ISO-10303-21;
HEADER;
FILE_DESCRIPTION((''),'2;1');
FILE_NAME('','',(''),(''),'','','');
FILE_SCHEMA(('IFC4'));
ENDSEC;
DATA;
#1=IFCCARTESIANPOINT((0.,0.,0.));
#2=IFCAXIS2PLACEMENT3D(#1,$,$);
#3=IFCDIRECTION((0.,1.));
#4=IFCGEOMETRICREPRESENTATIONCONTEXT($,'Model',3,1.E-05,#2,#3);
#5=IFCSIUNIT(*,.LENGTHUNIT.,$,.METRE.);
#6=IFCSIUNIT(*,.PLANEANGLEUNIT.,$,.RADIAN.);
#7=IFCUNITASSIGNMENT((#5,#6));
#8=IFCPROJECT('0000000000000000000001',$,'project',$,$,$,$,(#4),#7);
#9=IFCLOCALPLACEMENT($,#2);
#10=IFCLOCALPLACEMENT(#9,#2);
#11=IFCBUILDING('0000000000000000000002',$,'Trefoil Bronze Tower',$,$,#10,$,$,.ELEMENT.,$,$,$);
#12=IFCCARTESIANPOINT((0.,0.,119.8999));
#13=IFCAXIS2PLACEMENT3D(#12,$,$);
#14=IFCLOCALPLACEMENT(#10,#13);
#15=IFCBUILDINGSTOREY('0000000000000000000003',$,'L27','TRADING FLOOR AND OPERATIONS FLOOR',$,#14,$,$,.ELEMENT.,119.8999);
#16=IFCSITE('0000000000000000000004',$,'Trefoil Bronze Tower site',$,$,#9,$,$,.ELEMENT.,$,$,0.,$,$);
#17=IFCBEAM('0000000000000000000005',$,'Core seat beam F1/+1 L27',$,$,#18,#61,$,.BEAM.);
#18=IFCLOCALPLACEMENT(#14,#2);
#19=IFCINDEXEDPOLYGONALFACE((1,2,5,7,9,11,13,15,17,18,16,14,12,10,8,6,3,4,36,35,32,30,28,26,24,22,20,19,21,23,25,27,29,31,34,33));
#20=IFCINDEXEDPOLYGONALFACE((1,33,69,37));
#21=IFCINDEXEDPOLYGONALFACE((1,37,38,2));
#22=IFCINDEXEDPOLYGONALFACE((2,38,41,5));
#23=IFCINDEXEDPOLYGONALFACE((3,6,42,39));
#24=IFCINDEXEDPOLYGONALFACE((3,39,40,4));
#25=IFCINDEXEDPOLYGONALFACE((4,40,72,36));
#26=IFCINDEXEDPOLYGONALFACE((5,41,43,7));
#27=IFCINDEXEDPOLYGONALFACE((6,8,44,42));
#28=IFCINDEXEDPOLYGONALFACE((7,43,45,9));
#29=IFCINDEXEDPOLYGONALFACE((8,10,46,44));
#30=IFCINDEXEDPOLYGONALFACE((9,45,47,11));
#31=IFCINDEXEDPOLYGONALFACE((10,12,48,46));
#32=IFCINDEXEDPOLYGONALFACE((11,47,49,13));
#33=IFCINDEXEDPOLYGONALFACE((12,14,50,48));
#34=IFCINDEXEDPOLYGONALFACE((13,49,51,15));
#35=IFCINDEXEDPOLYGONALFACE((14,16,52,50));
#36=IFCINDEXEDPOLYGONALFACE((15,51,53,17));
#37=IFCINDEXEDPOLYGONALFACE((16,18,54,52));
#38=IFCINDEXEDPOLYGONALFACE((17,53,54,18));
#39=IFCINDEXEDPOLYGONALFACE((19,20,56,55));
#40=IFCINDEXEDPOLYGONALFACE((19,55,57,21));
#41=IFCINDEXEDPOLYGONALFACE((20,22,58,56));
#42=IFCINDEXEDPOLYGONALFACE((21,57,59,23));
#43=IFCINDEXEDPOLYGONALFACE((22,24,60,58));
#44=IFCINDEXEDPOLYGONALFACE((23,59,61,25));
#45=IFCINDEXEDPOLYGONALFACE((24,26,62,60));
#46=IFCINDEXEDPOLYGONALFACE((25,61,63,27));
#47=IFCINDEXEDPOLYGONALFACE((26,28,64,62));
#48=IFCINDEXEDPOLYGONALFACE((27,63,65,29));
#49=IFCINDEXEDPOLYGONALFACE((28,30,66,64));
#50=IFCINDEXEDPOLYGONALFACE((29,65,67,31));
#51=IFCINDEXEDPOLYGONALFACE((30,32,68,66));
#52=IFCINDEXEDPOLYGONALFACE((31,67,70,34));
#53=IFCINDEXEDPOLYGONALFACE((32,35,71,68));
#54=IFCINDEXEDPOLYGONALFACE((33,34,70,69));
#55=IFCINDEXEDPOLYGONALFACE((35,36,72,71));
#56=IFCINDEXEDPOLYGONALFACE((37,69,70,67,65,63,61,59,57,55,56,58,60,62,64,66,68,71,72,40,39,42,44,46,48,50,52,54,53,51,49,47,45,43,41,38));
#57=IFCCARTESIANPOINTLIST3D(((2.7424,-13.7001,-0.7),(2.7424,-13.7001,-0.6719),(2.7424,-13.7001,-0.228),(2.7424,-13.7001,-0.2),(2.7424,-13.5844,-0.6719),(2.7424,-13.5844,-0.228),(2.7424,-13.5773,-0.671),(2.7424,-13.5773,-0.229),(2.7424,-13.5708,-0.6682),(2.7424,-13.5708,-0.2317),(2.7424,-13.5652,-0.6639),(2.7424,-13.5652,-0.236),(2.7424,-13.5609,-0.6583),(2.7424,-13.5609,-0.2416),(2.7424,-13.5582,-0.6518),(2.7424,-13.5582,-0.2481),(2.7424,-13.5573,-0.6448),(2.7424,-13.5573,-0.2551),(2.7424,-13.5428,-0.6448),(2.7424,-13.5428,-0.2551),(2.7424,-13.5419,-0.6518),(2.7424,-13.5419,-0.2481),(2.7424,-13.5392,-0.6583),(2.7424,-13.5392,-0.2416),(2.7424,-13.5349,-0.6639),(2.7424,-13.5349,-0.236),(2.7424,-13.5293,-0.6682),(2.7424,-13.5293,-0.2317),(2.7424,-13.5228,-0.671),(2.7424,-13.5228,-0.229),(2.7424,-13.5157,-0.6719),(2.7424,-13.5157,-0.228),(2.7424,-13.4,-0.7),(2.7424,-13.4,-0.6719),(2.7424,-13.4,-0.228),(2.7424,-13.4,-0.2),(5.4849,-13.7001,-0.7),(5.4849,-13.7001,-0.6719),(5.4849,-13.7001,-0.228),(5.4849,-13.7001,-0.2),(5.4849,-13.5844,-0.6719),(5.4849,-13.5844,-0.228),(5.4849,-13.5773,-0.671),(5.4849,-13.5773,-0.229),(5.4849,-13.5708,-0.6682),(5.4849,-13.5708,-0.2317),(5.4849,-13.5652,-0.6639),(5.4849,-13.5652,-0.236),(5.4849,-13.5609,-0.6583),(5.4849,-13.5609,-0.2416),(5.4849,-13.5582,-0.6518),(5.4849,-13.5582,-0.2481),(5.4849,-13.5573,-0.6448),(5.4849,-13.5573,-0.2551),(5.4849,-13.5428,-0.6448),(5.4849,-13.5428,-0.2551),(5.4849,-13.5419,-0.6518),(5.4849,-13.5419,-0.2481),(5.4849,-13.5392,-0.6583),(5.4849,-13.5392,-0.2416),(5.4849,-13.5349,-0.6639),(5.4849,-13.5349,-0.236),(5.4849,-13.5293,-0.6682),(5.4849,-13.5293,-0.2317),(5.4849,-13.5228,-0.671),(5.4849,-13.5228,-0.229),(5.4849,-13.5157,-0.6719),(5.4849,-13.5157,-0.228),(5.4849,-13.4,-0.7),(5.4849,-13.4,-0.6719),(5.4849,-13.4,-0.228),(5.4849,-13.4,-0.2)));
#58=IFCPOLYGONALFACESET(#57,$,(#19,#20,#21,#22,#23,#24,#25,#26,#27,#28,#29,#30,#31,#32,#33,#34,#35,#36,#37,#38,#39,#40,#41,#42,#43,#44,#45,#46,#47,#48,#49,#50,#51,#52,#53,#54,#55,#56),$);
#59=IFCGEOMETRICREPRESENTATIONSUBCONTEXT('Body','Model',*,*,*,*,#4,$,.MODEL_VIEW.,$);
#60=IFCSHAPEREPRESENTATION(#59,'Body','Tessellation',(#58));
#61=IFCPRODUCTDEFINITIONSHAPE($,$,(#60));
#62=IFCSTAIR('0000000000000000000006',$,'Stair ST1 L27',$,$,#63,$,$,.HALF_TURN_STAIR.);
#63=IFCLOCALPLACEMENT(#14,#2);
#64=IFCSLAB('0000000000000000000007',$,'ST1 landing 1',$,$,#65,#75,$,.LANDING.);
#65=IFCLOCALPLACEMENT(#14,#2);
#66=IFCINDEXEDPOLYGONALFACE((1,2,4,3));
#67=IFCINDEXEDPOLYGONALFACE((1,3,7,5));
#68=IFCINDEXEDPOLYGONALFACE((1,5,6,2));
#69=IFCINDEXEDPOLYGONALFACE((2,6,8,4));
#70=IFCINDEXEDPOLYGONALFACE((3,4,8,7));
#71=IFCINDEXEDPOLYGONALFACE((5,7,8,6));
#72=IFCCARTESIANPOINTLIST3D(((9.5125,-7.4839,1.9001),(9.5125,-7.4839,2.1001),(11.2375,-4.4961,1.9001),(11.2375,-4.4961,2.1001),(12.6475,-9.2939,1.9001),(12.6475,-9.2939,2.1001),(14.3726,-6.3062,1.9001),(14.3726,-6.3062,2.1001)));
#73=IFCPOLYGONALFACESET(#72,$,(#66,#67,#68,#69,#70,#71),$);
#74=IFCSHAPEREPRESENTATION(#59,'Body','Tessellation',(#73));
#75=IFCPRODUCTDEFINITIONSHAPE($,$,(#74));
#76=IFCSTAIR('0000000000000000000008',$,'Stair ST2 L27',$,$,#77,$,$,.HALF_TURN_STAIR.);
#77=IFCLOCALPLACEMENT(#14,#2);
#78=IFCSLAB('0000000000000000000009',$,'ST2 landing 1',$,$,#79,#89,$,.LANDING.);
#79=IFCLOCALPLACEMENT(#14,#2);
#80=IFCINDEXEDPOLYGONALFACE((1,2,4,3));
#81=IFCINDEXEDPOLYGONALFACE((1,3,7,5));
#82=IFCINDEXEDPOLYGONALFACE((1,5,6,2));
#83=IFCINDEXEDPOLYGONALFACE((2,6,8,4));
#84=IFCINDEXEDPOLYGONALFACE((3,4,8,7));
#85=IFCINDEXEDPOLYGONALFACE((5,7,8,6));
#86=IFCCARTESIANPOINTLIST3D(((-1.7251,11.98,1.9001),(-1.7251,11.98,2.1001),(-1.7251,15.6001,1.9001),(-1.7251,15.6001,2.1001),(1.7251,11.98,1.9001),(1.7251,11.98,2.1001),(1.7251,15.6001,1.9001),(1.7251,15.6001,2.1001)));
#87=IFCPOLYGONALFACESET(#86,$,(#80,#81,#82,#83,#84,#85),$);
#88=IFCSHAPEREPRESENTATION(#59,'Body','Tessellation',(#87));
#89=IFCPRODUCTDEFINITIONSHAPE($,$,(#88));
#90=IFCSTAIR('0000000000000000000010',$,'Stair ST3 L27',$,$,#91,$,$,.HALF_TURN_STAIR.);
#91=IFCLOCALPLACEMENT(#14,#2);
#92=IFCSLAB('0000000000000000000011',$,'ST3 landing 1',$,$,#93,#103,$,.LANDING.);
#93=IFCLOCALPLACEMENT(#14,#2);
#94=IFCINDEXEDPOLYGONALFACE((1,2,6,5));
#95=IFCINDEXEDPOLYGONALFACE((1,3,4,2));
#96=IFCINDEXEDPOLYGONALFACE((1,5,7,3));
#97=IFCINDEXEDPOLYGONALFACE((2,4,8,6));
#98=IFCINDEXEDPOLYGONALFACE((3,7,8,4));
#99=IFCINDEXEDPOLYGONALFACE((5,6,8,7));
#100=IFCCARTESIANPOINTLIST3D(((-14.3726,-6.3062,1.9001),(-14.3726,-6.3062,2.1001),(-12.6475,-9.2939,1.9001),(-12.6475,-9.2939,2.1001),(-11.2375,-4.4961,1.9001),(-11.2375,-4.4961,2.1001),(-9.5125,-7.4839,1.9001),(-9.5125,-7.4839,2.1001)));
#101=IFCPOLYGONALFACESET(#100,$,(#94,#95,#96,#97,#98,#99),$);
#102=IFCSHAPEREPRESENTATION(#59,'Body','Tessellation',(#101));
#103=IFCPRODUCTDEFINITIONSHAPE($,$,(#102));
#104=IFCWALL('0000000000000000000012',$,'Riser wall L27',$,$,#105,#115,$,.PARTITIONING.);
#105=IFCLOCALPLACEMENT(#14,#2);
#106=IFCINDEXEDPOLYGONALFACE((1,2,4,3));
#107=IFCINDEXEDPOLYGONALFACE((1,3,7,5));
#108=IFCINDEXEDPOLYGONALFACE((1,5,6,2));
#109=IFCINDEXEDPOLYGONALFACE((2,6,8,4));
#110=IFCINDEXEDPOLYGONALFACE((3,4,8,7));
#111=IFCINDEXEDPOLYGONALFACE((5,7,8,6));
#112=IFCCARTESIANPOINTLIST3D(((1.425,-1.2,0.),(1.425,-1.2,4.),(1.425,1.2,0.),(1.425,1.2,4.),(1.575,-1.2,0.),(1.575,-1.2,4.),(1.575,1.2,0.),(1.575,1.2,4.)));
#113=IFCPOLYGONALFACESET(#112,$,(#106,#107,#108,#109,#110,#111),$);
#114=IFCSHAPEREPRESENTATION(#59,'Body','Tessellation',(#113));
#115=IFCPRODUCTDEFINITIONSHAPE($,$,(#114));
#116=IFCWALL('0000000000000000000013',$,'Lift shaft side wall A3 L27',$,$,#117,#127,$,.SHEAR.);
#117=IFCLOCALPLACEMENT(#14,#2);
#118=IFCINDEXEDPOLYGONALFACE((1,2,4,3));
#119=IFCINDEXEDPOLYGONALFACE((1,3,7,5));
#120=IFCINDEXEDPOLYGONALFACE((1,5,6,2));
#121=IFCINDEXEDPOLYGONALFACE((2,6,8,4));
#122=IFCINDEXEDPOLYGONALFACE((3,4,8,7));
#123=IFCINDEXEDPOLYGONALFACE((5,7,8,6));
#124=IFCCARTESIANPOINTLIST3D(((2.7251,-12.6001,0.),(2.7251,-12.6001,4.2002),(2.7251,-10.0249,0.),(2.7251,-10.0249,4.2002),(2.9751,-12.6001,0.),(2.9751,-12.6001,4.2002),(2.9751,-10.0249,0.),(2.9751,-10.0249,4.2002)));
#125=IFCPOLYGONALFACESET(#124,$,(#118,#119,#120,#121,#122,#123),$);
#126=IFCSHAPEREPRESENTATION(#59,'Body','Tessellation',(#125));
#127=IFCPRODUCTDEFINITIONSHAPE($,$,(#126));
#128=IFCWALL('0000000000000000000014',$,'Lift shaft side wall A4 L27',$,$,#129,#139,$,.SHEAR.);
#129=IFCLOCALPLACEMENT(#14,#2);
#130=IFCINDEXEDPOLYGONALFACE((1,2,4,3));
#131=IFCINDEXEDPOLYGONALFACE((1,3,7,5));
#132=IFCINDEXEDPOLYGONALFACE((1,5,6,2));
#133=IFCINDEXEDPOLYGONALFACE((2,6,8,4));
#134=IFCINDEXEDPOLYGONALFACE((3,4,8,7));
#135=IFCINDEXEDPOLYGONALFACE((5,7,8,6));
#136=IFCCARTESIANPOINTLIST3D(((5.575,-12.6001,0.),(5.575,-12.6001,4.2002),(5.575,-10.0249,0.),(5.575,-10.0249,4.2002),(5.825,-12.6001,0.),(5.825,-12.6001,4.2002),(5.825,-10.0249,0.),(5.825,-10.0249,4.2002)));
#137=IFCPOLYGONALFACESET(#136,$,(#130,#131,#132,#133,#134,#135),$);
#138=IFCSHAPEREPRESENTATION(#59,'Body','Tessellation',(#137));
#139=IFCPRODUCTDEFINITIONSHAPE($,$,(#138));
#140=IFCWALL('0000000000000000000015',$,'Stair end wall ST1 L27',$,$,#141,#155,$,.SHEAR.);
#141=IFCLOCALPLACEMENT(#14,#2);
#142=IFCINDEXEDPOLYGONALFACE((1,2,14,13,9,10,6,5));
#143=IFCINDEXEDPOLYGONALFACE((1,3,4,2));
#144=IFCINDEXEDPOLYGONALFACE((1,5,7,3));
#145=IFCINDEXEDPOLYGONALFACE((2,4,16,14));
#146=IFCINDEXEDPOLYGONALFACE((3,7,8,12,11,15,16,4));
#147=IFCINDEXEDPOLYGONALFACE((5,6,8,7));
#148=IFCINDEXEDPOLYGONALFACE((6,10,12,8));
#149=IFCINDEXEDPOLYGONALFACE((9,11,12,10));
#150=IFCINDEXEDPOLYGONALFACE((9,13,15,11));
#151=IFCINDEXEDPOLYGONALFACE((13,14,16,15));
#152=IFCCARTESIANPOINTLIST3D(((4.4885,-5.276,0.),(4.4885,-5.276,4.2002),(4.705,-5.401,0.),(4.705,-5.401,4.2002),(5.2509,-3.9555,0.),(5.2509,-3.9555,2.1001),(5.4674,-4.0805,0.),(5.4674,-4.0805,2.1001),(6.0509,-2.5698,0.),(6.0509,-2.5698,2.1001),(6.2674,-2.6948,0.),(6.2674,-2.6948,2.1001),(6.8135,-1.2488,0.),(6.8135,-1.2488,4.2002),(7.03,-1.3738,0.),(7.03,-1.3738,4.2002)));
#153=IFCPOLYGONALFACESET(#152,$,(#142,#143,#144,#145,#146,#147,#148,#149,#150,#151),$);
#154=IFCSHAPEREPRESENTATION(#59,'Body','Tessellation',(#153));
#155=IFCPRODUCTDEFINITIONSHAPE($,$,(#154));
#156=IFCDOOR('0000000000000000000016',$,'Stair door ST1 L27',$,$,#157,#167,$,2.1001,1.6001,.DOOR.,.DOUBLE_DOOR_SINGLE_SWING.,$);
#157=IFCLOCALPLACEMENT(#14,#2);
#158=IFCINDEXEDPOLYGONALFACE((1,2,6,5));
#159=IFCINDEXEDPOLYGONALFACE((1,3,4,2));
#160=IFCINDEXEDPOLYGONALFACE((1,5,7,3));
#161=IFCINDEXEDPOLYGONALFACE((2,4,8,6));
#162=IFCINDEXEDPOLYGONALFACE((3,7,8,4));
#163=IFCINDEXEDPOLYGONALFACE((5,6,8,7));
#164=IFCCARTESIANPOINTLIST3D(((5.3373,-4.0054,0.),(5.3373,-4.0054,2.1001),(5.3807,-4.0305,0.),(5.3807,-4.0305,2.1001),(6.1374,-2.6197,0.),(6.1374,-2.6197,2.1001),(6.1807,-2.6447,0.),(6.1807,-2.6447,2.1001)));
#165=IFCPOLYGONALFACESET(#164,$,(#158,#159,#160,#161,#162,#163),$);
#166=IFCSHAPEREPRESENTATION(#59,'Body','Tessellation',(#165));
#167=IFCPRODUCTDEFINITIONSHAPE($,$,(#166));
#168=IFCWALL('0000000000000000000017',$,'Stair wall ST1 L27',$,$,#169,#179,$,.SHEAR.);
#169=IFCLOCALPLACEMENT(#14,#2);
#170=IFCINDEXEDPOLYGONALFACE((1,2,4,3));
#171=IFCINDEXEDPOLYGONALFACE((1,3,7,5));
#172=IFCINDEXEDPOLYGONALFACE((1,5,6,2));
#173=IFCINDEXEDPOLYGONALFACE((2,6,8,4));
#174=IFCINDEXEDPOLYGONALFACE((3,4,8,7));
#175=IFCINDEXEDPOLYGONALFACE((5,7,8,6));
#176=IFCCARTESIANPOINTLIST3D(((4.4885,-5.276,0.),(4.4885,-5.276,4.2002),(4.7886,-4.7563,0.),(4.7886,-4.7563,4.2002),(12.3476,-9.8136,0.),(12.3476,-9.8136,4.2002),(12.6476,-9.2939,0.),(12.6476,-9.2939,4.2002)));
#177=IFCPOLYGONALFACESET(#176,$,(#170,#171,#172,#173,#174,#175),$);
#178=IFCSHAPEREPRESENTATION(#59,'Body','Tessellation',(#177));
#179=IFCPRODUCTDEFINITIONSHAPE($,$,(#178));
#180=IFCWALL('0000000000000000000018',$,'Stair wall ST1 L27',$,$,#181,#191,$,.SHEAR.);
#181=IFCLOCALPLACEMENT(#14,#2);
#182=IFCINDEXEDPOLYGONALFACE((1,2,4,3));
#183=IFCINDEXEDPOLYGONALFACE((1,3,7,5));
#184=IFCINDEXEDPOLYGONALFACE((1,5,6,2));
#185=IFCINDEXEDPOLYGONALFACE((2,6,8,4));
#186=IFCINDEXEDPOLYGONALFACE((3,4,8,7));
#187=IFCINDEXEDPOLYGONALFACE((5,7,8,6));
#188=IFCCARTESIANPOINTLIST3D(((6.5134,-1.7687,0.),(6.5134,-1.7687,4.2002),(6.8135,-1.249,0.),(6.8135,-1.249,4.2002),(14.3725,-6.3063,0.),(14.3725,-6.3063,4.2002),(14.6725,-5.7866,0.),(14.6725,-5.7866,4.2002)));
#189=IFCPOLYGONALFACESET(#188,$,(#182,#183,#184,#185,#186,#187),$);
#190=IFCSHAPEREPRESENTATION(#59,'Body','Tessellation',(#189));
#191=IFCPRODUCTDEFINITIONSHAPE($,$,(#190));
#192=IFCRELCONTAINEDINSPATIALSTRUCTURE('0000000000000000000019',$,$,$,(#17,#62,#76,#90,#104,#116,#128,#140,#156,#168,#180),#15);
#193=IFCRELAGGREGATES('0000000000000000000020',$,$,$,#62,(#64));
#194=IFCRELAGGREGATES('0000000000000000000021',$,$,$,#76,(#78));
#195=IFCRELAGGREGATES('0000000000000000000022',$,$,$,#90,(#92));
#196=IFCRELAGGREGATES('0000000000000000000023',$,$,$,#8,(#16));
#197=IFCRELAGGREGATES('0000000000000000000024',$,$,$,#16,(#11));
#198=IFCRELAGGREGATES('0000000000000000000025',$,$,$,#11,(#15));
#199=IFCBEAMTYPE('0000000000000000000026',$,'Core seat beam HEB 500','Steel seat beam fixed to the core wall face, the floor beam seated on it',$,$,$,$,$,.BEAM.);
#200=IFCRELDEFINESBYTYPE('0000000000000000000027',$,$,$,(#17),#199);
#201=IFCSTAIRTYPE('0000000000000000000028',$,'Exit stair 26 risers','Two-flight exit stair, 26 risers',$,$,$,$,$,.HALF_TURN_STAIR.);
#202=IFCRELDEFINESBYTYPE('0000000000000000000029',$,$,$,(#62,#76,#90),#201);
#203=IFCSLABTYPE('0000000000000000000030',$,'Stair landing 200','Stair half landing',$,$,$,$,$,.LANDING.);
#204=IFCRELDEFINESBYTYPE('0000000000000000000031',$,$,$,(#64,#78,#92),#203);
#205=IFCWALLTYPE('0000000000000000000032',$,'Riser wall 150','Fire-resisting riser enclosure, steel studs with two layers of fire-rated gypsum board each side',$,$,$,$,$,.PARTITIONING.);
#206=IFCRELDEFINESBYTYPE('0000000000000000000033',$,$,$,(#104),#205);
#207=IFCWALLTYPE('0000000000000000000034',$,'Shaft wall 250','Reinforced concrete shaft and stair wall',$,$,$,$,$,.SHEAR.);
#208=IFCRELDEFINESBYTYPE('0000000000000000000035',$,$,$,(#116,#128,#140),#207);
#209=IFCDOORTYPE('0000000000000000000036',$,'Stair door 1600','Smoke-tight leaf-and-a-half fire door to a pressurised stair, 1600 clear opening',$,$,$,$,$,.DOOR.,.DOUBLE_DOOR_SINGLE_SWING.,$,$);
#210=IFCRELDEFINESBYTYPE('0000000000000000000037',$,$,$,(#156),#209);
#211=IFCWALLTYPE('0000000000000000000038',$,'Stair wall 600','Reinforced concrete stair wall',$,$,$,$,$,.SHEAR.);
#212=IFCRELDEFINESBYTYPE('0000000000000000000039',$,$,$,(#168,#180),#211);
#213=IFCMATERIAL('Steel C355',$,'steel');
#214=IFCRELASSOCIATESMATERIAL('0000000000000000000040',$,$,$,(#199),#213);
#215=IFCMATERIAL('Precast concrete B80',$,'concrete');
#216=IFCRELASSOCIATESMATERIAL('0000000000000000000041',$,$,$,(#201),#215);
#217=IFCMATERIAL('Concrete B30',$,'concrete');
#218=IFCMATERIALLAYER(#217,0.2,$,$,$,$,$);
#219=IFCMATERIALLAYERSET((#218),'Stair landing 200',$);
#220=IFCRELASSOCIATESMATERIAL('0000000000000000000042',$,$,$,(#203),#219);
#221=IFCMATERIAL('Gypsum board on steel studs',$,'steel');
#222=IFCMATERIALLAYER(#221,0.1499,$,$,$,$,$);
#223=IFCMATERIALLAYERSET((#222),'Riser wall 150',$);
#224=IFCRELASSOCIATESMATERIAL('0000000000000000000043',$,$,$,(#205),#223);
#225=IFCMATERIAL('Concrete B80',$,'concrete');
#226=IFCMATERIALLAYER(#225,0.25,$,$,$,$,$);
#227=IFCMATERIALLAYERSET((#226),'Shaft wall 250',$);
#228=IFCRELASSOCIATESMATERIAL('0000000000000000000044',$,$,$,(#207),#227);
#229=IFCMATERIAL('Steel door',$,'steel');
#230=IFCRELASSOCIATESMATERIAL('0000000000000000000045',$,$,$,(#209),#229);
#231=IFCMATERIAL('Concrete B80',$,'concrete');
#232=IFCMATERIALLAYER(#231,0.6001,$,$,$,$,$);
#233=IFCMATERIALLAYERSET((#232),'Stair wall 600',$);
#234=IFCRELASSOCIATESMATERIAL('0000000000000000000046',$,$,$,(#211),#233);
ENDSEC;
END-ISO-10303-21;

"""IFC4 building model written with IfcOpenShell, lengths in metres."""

from ifc_helpers import new_model, si_unit, direction, frame, frame_2d, origin, origin_2d, place, context, subcontext, project, spatial, polyline, rectangle, i_section, outline, extrude, material, layer, layer_set, material_profile, profile_set, type_object, element, fill, aggregate, save


model = new_model("IFC4")

# Units and contexts
model_context = context("Model", 3, precision=1e-05, world=origin(), true_north=direction((0.0, 1.0)))
body_context = subcontext(model_context, "Body", "Model", "MODEL_VIEW")
ifc_project = project(units=[si_unit("LENGTHUNIT", "METRE"), si_unit("PLANEANGLEUNIT", "RADIAN")], contexts=[model_context])

# Site, building, storey
site_placement = place(None, origin())
site = spatial("IfcSite", under=ifc_project, at=site_placement, Name="Trefoil Bronze Tower site", CompositionType="ELEMENT", RefElevation=0.0)
building_placement = place(site_placement, origin())
building = spatial("IfcBuilding", under=site, at=building_placement, Name="Trefoil Bronze Tower", CompositionType="ELEMENT")
storey_placement = place(building_placement, frame((0.0, 0.0, 119.8999)))
storey = spatial("IfcBuildingStorey", under=building, at=storey_placement, Name="L27", Description="TRADING FLOOR AND OPERATIONS FLOOR", CompositionType="ELEMENT", Elevation=119.8999)

# Beam
ifc_material_1 = material(Name="Steel C355", Category="steel")
ifc_material_profile = material_profile(ifc_material_1, i_section(OverallWidth=0.3, OverallDepth=0.5, WebThickness=0.0144, FlangeThickness=0.0281, FilletRadius=0.0271, at=origin_2d()), Name="HEB 500")
ifc_profile_set = profile_set([ifc_material_profile], Name="Steel C355")
beam_type = type_object("IfcBeamType", Name="Core seat beam HEB 500", Description="Steel seat beam fixed to the core wall face, the floor beam seated on it", PredefinedType="BEAM", material=ifc_profile_set)
beam_placement = place(storey_placement, frame((2.7424, -13.55, -0.45), z_axis=(1.0, 0.0, 0.0), x_axis=(0.0, 1.0, 0.0)))
element("IfcBeam", 1, at=beam_placement, inside=storey, type_object=beam_type, Name="Core seat beam F1/+1 L27", PredefinedType="BEAM", context=body_context, shape_type="SweptSolid", body=[
    extrude(i_section(OverallWidth=0.3, OverallDepth=0.5, WebThickness=0.0144, FlangeThickness=0.0281, FilletRadius=0.0271, at=origin_2d()), origin(), (0.0, 0.0, 1.0), 2.7424),
])

# Stairs, slabs
ifc_material_2 = material(Name="Precast concrete B80", Category="concrete")
stair_type = type_object("IfcStairType", Name="Exit stair 26 risers", Description="Two-flight exit stair, 26 risers", PredefinedType="HALF_TURN_STAIR", material=ifc_material_2)
stair_1_placement = place(storey_placement, origin())
stair_1 = element("IfcStair", 2, at=stair_1_placement, inside=storey, type_object=stair_type, Name="Stair ST1 L27", PredefinedType="HALF_TURN_STAIR")
ifc_material_3 = material(Name="Concrete B30", Category="concrete")
ifc_layer_1 = layer(ifc_material_3, 0.2)
ifc_layer_set_1 = layer_set([ifc_layer_1], Name="Stair landing 200")
slab_type = type_object("IfcSlabType", Name="Stair landing 200", Description="Stair half landing", PredefinedType="LANDING", material=ifc_layer_set_1)
slab_1_placement = place(storey_placement, frame((0.0, 0.0, 1.9001)))
slab_1 = element("IfcSlab", 3, at=slab_1_placement, type_object=slab_type, Name="ST1 landing 1", PredefinedType="LANDING", context=body_context, shape_type="SweptSolid", body=[
    extrude(outline(polyline([(9.5125, -7.4839), (12.6475, -9.2939), (14.3726, -6.3062), (11.2375, -4.4961), (9.5125, -7.4839)])), origin(), (0.0, 0.0, 1.0), 0.2),
])
aggregate(stair_1, [slab_1])
stair_2_placement = place(storey_placement, origin())
stair_2 = element("IfcStair", 4, at=stair_2_placement, inside=storey, type_object=stair_type, Name="Stair ST2 L27", PredefinedType="HALF_TURN_STAIR")
slab_2_placement = place(storey_placement, frame((0.0, 0.0, 1.9001)))
slab_2 = element("IfcSlab", 5, at=slab_2_placement, type_object=slab_type, Name="ST2 landing 1", PredefinedType="LANDING", context=body_context, shape_type="SweptSolid", body=[
    extrude(outline(polyline([(1.7251, 11.98), (1.7251, 15.6001), (-1.7251, 15.6001), (-1.7251, 11.98), (1.7251, 11.98)])), origin(), (0.0, 0.0, 1.0), 0.2),
])
aggregate(stair_2, [slab_2])
stair_3_placement = place(storey_placement, origin())
stair_3 = element("IfcStair", 6, at=stair_3_placement, inside=storey, type_object=stair_type, Name="Stair ST3 L27", PredefinedType="HALF_TURN_STAIR")
slab_3_placement = place(storey_placement, frame((0.0, 0.0, 1.9001)))
slab_3 = element("IfcSlab", 7, at=slab_3_placement, type_object=slab_type, Name="ST3 landing 1", PredefinedType="LANDING", context=body_context, shape_type="SweptSolid", body=[
    extrude(outline(polyline([(-11.2375, -4.4961), (-14.3726, -6.3062), (-12.6475, -9.2939), (-9.5125, -7.4839), (-11.2375, -4.4961)])), origin(), (0.0, 0.0, 1.0), 0.2),
])
aggregate(stair_3, [slab_3])

# Walls
ifc_material_4 = material(Name="Gypsum board on steel studs", Category="steel")
ifc_layer_2 = layer(ifc_material_4, 0.1499)
ifc_layer_set_2 = layer_set([ifc_layer_2], Name="Riser wall 150")
wall_type_1 = type_object("IfcWallType", Name="Riser wall 150", Description="Fire-resisting riser enclosure, steel studs with two layers of fire-rated gypsum board each side", PredefinedType="PARTITIONING", material=ifc_layer_set_2)
wall_1_placement = place(storey_placement, frame((1.5, -1.2, 0.0), z_axis=(0.0, 0.0, 1.0), x_axis=(0.0, 1.0, 0.0)))
element("IfcWall", 8, at=wall_1_placement, inside=storey, type_object=wall_type_1, Name="Riser wall L27", PredefinedType="PARTITIONING", context=body_context, shape_type="SweptSolid", body=[
    extrude(rectangle(XDim=2.3999, YDim=0.1499, at=frame_2d((1.2, 0.0))), origin(), (0.0, 0.0, 1.0), 4.0),
])
ifc_material_5 = material(Name="Concrete B80", Category="concrete")
ifc_layer_3 = layer(ifc_material_5, 0.25)
ifc_layer_set_3 = layer_set([ifc_layer_3], Name="Shaft wall 250")
wall_type_2 = type_object("IfcWallType", Name="Shaft wall 250", Description="Reinforced concrete shaft and stair wall", PredefinedType="SHEAR", material=ifc_layer_set_3)
for number, where, z_axis, x_axis, name in (
    (9, (2.8501, -10.0249, 0.0), (0.0, 0.0, 1.0), (0.0, -1.0, 0.0), "Lift shaft side wall A3 L27"),
    (10, (5.7, -10.0249, 0.0), (0.0, 0.0, 1.0), (0.0, -1.0, 0.0), "Lift shaft side wall A4 L27"),
):
    element("IfcWall", number, at=place(storey_placement, frame(where, z_axis=z_axis, x_axis=x_axis)), inside=storey, type_object=wall_type_2, Name=name, PredefinedType="SHEAR", context=body_context, shape_type="SweptSolid", body=[
        extrude(rectangle(XDim=2.5752, YDim=0.25, at=frame_2d((1.2876, 0.0))), origin(), (0.0, 0.0, 1.0), 4.2002),
    ])

# Wall, opening, door
wall_2_placement = place(storey_placement, frame((4.5967, -5.3386, 0.0), z_axis=(0.0, 0.0, 1.0), x_axis=(0.499985, 0.866034, 0.0)))
wall_2 = element("IfcWall", 11, at=wall_2_placement, inside=storey, type_object=wall_type_2, Name="Stair end wall ST1 L27", PredefinedType="SHEAR", context=body_context, shape_type="SweptSolid", body=[
    extrude(rectangle(XDim=4.6501, YDim=0.25, at=frame_2d((2.3252, 0.0))), origin(), (0.0, 0.0, 1.0), 4.2002),
])
opening_placement = place(wall_2_placement, frame((1.5249, 0.0, 0.0)))
opening = element("IfcOpeningElement", 12, at=opening_placement, cuts=wall_2, PredefinedType="OPENING", context=body_context, shape_type="SweptSolid", body=[
    extrude(rectangle(XDim=1.6001, YDim=2.1001, at=frame_2d((0.8, 1.05))), frame((0.0, 0.135, 0.0), z_axis=(0.0, -1.0, 0.0), x_axis=(1.0, 0.0, 0.0)), (0.0, 0.0, 1.0), 0.27),
])
ifc_material_6 = material(Name="Steel door", Category="steel")
door_type = type_object("IfcDoorType", Name="Stair door 1600", Description="Smoke-tight leaf-and-a-half fire door to a pressurised stair, 1600 clear opening", OperationType="DOUBLE_DOOR_SINGLE_SWING", PredefinedType="DOOR", material=ifc_material_6)
door_placement = place(opening_placement, frame((1.6001, 0.0, 0.0), z_axis=(0.0, 0.0, 1.0), x_axis=(-1.0, 0.0, 0.0)))
door = element("IfcDoor", 13, at=door_placement, inside=storey, type_object=door_type, Name="Stair door ST1 L27", OperationType="DOUBLE_DOOR_SINGLE_SWING", OverallHeight=2.1001, OverallWidth=1.6001, PredefinedType="DOOR", context=body_context, shape_type="SweptSolid", body=[
    extrude(rectangle(XDim=1.6001, YDim=2.1001, at=frame_2d((0.8, 1.05))), frame((0.0, 0.0249, 0.0), z_axis=(0.0, -1.0, 0.0), x_axis=(1.0, 0.0, 0.0)), (0.0, 0.0, 1.0), 0.05),
])
fill(opening, door)

# Walls
ifc_material_7 = material(Name="Concrete B80", Category="concrete")
ifc_layer_4 = layer(ifc_material_7, 0.6001)
ifc_layer_set_4 = layer_set([ifc_layer_4], Name="Stair wall 600")
wall_type_3 = type_object("IfcWallType", Name="Stair wall 600", Description="Reinforced concrete stair wall", PredefinedType="SHEAR", material=ifc_layer_set_4)
for number, where, z_axis, x_axis, name in (
    (14, (4.6384, -5.0161, 0.0), (0.0, 0.0, 1.0), (0.866019, -0.50001, 0.0), "Stair wall ST1 L27"),
    (15, (6.6633, -1.5088, 0.0), (0.0, 0.0, 1.0), (0.866019, -0.50001, 0.0), "Stair wall ST1 L27"),
):
    element("IfcWall", number, at=place(storey_placement, frame(where, z_axis=z_axis, x_axis=x_axis)), inside=storey, type_object=wall_type_3, Name=name, PredefinedType="SHEAR", context=body_context, shape_type="SweptSolid", body=[
        extrude(rectangle(XDim=9.075, YDim=0.6001, at=frame_2d((4.5376, 0.0))), origin(), (0.0, 0.0, 1.0), 4.2002),
    ])

save(model, "model.ifc")
